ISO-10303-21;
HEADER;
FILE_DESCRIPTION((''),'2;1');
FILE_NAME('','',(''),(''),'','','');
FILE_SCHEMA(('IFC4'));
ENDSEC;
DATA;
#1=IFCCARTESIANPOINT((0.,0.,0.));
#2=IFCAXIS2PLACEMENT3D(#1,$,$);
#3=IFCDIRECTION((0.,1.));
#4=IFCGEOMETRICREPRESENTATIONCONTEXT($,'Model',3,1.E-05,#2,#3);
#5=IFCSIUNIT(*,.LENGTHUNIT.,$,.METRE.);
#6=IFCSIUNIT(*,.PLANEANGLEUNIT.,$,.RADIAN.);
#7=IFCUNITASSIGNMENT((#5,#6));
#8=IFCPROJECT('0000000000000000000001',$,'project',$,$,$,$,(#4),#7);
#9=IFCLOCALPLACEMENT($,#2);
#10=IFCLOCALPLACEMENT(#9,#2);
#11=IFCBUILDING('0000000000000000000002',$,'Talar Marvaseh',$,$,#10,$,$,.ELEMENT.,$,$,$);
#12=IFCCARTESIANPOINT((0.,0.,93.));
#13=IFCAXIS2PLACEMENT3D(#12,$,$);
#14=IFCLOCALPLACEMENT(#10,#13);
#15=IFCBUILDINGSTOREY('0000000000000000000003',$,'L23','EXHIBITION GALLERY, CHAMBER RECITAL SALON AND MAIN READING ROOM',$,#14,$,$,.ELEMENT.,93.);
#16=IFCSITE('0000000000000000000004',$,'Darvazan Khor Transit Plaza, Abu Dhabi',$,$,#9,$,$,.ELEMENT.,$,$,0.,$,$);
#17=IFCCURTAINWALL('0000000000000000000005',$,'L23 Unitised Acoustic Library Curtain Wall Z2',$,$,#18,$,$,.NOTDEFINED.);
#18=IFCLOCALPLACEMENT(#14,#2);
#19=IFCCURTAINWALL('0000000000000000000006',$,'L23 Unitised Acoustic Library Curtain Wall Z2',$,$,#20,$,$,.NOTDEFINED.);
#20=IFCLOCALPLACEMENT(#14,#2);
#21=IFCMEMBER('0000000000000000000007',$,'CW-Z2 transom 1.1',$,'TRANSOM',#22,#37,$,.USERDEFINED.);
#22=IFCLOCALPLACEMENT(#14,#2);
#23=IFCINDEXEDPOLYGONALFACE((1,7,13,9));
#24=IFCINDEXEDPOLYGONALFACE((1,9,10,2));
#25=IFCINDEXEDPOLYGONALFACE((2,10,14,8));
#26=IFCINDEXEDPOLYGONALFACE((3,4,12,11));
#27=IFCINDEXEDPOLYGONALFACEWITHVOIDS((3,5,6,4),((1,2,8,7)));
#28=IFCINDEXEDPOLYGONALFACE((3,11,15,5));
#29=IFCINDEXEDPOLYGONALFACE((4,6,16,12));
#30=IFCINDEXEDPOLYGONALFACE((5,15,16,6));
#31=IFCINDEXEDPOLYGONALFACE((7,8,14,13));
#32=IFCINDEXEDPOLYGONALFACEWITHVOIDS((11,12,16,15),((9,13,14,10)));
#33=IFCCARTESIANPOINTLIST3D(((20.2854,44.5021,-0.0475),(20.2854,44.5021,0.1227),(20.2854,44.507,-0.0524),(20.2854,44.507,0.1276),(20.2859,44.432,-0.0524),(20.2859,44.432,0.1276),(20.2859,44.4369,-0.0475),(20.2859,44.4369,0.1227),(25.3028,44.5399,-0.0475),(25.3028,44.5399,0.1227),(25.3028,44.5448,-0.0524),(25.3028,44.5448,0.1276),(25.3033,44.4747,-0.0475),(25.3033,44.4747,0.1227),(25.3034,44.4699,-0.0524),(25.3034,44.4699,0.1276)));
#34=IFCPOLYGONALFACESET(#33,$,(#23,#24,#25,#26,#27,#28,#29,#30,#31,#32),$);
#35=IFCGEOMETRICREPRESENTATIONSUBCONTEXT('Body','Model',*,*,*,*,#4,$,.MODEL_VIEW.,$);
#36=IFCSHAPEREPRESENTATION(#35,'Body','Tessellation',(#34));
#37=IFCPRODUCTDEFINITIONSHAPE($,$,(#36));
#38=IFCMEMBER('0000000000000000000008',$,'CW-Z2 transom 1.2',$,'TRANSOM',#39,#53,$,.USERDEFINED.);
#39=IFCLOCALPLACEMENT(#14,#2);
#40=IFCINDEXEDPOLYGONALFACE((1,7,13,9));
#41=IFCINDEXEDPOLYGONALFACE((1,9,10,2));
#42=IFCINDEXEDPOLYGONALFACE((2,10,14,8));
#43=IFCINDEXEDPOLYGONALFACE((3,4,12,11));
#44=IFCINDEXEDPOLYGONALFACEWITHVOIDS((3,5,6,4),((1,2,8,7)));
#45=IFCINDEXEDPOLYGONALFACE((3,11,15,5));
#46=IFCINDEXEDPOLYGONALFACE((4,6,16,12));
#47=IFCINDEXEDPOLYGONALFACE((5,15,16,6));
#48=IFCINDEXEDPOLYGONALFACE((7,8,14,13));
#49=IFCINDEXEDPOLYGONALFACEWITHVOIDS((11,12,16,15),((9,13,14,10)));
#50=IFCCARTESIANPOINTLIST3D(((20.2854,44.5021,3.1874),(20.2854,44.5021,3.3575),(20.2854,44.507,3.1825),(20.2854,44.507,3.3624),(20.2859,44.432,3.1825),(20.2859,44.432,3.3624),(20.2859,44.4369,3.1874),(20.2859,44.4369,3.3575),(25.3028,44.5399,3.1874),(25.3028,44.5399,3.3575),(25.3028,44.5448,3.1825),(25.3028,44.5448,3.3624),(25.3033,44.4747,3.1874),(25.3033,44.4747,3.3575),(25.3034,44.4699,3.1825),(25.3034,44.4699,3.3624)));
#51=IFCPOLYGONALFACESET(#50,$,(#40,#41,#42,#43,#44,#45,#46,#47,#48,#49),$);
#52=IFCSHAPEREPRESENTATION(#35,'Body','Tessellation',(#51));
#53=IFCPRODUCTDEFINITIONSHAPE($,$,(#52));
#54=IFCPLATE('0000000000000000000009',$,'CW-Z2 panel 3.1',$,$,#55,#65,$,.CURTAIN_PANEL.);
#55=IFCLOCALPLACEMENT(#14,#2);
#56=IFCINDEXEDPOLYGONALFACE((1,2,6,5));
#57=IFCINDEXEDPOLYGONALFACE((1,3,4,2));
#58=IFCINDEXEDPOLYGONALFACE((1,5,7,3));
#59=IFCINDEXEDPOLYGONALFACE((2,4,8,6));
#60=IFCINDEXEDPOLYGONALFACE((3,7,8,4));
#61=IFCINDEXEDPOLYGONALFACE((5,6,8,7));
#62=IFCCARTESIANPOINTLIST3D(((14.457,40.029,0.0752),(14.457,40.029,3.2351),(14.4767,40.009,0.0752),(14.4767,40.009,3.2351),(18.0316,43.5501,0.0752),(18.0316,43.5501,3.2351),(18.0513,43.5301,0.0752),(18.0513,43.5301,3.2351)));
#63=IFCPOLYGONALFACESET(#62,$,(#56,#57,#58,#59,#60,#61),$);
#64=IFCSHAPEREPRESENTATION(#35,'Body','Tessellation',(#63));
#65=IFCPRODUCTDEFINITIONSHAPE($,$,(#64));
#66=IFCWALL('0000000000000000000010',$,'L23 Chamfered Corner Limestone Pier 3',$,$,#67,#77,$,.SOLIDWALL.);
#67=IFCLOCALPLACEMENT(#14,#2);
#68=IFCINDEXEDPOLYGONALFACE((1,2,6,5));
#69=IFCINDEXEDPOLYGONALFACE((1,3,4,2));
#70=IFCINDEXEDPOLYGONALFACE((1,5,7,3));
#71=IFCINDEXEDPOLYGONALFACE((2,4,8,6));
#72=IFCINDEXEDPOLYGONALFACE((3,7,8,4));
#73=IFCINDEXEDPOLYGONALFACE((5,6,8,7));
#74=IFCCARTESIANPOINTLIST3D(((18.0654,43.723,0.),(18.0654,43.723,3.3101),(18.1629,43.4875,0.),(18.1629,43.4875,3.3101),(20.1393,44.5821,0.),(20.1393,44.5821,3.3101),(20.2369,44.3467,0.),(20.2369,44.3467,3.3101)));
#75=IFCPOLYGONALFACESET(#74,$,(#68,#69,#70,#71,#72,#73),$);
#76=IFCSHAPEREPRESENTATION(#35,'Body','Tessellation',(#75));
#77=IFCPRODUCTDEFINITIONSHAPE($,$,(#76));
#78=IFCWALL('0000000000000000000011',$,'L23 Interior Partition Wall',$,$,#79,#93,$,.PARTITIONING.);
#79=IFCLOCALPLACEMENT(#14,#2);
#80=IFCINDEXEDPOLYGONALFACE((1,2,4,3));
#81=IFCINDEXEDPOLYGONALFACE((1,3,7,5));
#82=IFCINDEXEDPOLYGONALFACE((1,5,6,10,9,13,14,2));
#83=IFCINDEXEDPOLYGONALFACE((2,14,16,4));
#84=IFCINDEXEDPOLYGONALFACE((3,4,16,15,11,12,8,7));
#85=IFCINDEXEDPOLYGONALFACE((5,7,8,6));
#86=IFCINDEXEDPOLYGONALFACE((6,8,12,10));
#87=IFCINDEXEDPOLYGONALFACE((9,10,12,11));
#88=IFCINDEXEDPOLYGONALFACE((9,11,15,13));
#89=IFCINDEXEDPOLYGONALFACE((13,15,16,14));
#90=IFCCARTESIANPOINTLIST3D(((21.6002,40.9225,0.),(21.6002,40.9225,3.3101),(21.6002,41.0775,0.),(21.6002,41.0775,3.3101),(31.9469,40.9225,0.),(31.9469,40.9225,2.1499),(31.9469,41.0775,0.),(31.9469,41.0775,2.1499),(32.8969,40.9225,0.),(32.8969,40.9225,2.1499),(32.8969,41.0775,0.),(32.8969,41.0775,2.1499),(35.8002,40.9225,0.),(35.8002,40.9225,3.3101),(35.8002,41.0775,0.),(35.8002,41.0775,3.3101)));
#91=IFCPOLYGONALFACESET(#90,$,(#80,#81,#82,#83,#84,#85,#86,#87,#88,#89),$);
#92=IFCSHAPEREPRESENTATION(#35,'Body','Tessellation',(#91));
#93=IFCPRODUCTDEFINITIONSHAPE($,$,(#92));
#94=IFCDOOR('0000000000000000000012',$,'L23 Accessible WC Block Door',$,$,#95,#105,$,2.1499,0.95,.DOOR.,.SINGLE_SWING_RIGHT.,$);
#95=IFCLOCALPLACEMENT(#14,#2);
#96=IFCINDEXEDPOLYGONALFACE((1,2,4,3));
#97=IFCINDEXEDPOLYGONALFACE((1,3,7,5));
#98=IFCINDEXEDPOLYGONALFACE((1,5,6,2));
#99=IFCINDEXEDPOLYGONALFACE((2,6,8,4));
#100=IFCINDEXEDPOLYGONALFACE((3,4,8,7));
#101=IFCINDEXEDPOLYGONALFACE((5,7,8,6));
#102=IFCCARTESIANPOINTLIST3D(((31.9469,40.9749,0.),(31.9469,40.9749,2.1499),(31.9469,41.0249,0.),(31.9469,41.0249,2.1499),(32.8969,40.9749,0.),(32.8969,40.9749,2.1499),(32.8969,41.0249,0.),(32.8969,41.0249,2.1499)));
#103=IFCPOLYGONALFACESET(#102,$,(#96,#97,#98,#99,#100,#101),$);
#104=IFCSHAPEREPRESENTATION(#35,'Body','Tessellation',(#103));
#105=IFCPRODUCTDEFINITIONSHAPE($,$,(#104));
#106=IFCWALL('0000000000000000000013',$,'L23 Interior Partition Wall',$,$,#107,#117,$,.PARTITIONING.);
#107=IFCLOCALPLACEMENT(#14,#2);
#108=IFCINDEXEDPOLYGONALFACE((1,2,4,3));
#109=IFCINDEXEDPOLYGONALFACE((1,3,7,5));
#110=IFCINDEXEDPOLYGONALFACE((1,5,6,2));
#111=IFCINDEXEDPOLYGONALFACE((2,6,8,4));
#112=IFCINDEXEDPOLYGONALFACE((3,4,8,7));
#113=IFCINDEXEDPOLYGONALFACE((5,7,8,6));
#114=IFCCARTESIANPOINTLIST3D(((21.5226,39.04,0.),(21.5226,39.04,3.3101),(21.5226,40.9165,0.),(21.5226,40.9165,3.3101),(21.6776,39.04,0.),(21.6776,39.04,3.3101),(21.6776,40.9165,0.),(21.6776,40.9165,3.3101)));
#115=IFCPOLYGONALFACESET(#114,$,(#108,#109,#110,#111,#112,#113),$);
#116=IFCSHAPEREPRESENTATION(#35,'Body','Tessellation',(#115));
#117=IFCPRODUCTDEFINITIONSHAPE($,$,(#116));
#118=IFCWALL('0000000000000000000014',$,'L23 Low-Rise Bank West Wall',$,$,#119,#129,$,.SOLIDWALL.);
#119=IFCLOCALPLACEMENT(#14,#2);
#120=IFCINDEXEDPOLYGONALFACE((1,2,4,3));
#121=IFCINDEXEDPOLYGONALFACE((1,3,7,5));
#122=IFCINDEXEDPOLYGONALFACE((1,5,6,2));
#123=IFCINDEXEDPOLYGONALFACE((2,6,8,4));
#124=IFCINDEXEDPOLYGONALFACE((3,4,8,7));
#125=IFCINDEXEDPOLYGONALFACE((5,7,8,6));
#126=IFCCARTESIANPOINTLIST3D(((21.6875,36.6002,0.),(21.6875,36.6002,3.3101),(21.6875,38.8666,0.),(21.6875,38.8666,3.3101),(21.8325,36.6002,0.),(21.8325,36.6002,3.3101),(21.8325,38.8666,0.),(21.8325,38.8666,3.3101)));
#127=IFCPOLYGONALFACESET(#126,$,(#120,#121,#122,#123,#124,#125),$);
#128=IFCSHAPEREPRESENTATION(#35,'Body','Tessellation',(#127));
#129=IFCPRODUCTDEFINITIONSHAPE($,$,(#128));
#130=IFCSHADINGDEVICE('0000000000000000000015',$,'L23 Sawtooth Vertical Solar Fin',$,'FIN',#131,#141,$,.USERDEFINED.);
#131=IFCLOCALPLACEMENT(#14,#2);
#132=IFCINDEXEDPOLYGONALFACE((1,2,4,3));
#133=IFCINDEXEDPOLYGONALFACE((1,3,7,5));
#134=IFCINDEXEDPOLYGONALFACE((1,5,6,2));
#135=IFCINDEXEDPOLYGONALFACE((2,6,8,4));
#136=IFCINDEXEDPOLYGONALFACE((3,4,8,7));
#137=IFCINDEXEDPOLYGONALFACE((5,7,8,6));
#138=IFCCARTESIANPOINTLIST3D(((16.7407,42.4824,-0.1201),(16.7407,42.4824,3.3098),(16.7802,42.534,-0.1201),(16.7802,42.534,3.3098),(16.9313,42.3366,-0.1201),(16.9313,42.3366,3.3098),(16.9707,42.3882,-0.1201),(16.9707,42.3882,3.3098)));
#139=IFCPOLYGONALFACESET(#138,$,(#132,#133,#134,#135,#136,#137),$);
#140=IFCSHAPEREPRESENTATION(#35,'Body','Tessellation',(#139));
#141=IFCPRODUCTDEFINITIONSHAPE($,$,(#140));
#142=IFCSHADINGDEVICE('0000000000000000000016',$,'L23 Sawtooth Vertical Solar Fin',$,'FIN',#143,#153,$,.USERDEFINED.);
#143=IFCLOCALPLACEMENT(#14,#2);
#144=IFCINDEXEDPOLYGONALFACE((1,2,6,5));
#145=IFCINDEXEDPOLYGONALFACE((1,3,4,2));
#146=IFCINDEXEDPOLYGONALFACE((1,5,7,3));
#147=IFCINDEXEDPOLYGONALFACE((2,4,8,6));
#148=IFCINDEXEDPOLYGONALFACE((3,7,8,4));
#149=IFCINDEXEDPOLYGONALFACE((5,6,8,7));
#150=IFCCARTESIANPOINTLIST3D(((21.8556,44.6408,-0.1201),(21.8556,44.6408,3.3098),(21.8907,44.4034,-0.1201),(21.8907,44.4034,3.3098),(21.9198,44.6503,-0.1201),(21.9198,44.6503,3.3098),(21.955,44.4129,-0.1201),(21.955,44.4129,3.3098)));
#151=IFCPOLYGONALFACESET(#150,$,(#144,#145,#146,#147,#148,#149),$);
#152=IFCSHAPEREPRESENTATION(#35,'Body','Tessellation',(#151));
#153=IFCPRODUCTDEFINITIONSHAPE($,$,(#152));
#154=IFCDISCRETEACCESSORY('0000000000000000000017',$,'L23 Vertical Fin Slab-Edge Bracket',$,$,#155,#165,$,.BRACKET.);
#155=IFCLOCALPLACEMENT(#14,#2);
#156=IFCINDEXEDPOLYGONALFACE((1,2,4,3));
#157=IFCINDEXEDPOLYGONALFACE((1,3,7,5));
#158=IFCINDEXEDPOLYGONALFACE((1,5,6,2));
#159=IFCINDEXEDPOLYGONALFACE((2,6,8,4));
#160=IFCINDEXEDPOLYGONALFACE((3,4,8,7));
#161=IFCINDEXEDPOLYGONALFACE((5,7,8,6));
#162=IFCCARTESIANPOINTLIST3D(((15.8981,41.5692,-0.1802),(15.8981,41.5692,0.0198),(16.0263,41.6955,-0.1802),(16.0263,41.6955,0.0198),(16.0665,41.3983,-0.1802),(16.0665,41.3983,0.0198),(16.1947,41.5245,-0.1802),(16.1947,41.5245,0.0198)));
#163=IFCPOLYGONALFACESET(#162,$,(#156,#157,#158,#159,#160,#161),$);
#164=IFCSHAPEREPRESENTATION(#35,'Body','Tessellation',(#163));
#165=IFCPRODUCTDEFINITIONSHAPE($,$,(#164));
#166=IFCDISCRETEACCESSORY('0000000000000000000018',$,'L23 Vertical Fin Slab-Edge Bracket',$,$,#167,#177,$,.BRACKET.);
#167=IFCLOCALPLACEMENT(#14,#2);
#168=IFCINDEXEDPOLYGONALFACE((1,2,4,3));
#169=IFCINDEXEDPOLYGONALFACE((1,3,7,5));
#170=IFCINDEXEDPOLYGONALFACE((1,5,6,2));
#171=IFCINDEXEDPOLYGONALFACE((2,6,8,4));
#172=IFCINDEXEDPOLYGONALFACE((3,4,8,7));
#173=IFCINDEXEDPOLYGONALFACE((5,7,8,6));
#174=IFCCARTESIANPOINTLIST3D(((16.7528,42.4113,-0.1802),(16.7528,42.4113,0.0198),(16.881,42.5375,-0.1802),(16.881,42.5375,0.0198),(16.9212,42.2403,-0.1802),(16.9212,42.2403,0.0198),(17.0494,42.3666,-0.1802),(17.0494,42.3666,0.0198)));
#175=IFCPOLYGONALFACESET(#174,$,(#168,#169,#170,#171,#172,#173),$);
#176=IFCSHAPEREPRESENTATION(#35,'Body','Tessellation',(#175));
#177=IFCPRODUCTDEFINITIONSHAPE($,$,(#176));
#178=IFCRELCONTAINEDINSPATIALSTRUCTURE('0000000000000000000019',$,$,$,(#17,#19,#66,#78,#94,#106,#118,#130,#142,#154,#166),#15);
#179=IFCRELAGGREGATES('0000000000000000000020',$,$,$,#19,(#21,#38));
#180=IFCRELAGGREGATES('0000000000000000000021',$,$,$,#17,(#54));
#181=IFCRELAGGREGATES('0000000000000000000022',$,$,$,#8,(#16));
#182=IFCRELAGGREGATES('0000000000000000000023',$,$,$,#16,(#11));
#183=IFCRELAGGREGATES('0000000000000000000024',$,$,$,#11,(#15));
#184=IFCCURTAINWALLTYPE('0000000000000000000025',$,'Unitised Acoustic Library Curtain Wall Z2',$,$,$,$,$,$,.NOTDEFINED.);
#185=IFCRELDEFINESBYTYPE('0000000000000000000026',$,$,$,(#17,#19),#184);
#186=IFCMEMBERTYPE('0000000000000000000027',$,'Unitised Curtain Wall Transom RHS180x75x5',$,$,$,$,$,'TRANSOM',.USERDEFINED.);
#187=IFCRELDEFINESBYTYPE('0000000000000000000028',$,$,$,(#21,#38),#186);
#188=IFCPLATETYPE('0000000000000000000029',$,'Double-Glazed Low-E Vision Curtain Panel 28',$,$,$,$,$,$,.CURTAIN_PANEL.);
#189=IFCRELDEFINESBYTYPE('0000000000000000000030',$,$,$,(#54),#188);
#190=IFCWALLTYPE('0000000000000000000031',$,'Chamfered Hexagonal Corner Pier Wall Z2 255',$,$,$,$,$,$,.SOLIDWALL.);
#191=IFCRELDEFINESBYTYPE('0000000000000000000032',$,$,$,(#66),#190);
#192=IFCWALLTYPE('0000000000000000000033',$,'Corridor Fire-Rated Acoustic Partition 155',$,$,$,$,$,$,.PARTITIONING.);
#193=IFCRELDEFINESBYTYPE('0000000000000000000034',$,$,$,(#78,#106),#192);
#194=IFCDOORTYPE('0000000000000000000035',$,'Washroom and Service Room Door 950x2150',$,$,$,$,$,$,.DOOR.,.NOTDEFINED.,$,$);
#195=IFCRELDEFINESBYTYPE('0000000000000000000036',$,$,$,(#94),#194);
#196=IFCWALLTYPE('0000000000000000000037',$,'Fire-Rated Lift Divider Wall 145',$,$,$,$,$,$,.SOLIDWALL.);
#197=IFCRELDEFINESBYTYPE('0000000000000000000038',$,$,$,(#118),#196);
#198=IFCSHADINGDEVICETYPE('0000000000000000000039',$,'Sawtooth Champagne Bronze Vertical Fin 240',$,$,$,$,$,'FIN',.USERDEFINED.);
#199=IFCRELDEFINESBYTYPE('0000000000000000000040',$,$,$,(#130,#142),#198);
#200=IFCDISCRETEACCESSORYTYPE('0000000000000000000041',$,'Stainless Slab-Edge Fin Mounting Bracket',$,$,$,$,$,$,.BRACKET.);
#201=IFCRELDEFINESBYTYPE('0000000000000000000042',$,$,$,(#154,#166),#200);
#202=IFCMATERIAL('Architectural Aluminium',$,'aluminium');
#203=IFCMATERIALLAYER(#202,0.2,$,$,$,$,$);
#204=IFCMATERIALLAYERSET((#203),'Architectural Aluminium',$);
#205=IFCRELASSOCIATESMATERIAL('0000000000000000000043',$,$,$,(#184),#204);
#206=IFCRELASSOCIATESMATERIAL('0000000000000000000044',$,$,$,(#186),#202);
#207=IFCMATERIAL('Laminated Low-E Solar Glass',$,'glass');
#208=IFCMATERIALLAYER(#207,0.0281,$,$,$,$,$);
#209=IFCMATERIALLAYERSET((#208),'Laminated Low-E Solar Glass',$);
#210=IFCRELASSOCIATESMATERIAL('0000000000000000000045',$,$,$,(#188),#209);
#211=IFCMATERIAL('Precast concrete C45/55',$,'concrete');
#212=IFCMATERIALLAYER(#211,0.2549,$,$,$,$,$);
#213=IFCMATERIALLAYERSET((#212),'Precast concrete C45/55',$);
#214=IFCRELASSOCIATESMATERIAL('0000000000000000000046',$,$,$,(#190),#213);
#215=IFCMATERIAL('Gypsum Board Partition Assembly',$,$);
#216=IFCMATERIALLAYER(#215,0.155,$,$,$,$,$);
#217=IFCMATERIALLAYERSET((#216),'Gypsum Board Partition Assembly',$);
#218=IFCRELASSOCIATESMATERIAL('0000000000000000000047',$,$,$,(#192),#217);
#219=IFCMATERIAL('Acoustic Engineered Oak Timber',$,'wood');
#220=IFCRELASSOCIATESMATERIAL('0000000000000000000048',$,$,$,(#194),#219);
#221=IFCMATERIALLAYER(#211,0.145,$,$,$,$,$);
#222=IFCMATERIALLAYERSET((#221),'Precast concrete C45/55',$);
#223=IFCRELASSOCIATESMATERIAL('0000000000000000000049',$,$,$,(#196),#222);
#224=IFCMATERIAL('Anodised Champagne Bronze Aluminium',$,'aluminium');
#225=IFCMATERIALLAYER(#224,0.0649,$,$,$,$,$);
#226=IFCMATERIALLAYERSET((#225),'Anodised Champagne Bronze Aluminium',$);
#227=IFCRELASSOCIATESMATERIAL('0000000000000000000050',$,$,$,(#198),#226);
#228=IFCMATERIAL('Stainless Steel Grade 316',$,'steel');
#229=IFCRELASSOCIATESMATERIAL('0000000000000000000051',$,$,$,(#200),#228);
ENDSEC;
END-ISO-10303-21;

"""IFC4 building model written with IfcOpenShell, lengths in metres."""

from ifc_helpers import new_model, si_unit, direction, frame, frame_2d, origin, origin_2d, place, context, subcontext, project, spatial, rectangle, hollow_rectangle, extrude, source, transform, mapped, material, layer, layer_set, material_profile, profile_set, type_object, type_shapes, element, fill, aggregate, save


model = new_model("IFC4")

# Units and contexts
model_context = context("Model", 3, precision=1e-05, world=origin(), true_north=direction((0.0, 1.0)))
body_context = subcontext(model_context, "Body", "Model", "MODEL_VIEW")
ifc_project = project(units=[si_unit("LENGTHUNIT", "METRE"), si_unit("PLANEANGLEUNIT", "RADIAN")], contexts=[model_context])

# Site, building, storey
site_placement = place(None, origin())
site = spatial("IfcSite", under=ifc_project, at=site_placement, Name="Darvazan Khor Transit Plaza, Abu Dhabi", CompositionType="ELEMENT", RefElevation=0.0)
building_placement = place(site_placement, origin())
building = spatial("IfcBuilding", under=site, at=building_placement, Name="Talar Marvaseh", CompositionType="ELEMENT")
storey_placement = place(building_placement, frame((0.0, 0.0, 93.0)))
storey = spatial("IfcBuildingStorey", under=building, at=storey_placement, Name="L23", Description="EXHIBITION GALLERY, CHAMBER RECITAL SALON AND MAIN READING ROOM", CompositionType="ELEMENT", Elevation=93.0)

# Curtain wall
ifc_material_1 = material(Name="Architectural Aluminium", Category="aluminium")
ifc_layer_1 = layer(ifc_material_1, 0.2)
ifc_layer_set_1 = layer_set([ifc_layer_1], Name="Architectural Aluminium")
curtain_wall_type = type_object("IfcCurtainWallType", Name="Unitised Acoustic Library Curtain Wall Z2", PredefinedType="NOTDEFINED", material=ifc_layer_set_1)
curtain_wall_1_placement = place(storey_placement, origin())
curtain_wall_1 = element("IfcCurtainWall", 1, at=curtain_wall_1_placement, inside=storey, type_object=curtain_wall_type, Name="L23 Unitised Acoustic Library Curtain Wall Z2", PredefinedType="NOTDEFINED")

# Curtain wall, members
curtain_wall_2_placement = place(storey_placement, origin())
curtain_wall_2 = element("IfcCurtainWall", 2, at=curtain_wall_2_placement, inside=storey, type_object=curtain_wall_type, Name="L23 Unitised Acoustic Library Curtain Wall Z2", PredefinedType="NOTDEFINED")
ifc_material_profile_1 = material_profile(ifc_material_1, hollow_rectangle(XDim=0.075, YDim=0.1799, WallThickness=0.0049, at=origin_2d()), Name="RHS180x75x5")
ifc_profile_set_1 = profile_set([ifc_material_profile_1], Name="Architectural Aluminium")
member_type_1 = type_object("IfcMemberType", Name="Unitised Curtain Wall Transom RHS180x75x5", ElementType="TRANSOM", PredefinedType="USERDEFINED", material=ifc_profile_set_1)
shared_shape_1 = source(origin(), body_context, "Body", "SweptSolid", [
    extrude(hollow_rectangle(XDim=0.075, YDim=0.1799, WallThickness=0.0049, at=origin_2d()), origin(), (0.0, 0.0, 1.0), 5.0176),
])
type_shapes(member_type_1, [shared_shape_1])
member_1_placement = place(storey_placement, frame((20.2856, 44.4695, 0.0376), z_axis=(0.999972, 0.007542, 0.0), x_axis=(-0.007542, 0.999972, 0.0)))
member_1 = element("IfcMember", 3, at=member_1_placement, type_object=member_type_1, Name="CW-Z2 transom 1.1", ObjectType="TRANSOM", PredefinedType="USERDEFINED", context=body_context, shape_type="MappedRepresentation", body=[
    mapped(shared_shape_1, transform((0.0, 0.0, 0.0), x_axis=(1.0, 0.0, 0.0), y_axis=(0.0, 1.0, 0.0), z_axis=(0.0, 0.0, 1.0), scale=1.0)),
])
member_2_placement = place(storey_placement, frame((20.2856, 44.4695, 3.2725), z_axis=(0.999972, 0.007542, 0.0), x_axis=(-0.007542, 0.999972, 0.0)))
member_2 = element("IfcMember", 4, at=member_2_placement, type_object=member_type_1, Name="CW-Z2 transom 1.2", ObjectType="TRANSOM", PredefinedType="USERDEFINED", context=body_context, shape_type="MappedRepresentation", body=[
    mapped(shared_shape_1, transform((0.0, 0.0, 0.0), x_axis=(1.0, 0.0, 0.0), y_axis=(0.0, 1.0, 0.0), z_axis=(0.0, 0.0, 1.0), scale=1.0)),
])
aggregate(curtain_wall_2, [member_1, member_2])

# Plate
ifc_material_2 = material(Name="Laminated Low-E Solar Glass", Category="glass")
ifc_layer_2 = layer(ifc_material_2, 0.0281)
ifc_layer_set_2 = layer_set([ifc_layer_2], Name="Laminated Low-E Solar Glass")
plate_type = type_object("IfcPlateType", Name="Double-Glazed Low-E Vision Curtain Panel 28", PredefinedType="CURTAIN_PANEL", material=ifc_layer_set_2)
shared_shape_2 = source(origin(), body_context, "Body", "SweptSolid", [
    extrude(rectangle(XDim=5.0176, YDim=0.0281, at=origin_2d()), origin(), (0.0, 0.0, 1.0), 3.1599),
])
type_shapes(plate_type, [shared_shape_2])
plate_placement = place(storey_placement, frame((16.2542, 41.7795, 0.0752), z_axis=(0.0, 0.0, 1.0), x_axis=(0.712418, 0.701755, 0.0)))
plate = element("IfcPlate", 5, at=plate_placement, type_object=plate_type, Name="CW-Z2 panel 3.1", PredefinedType="CURTAIN_PANEL", context=body_context, shape_type="MappedRepresentation", body=[
    mapped(shared_shape_2, transform((0.0, 0.0, 0.0), x_axis=(1.0, 0.0, 0.0), y_axis=(0.0, 1.0, 0.0), z_axis=(0.0, 0.0, 1.0), scale=1.0)),
])
aggregate(curtain_wall_1, [plate])

# Wall
ifc_material_3 = material(Name="Precast concrete C45/55", Category="concrete")
ifc_layer_3 = layer(ifc_material_3, 0.2549)
ifc_layer_set_3 = layer_set([ifc_layer_3], Name="Precast concrete C45/55")
wall_type_1 = type_object("IfcWallType", Name="Chamfered Hexagonal Corner Pier Wall Z2 255", PredefinedType="SOLIDWALL", material=ifc_layer_set_3)
wall_1_placement = place(storey_placement, frame((18.114, 43.6052, 0.0), z_axis=(0.0, 0.0, 1.0), x_axis=(0.92387, 0.382707, 0.0)))
element("IfcWall", 6, at=wall_1_placement, inside=storey, type_object=wall_type_1, Name="L23 Chamfered Corner Limestone Pier 3", PredefinedType="SOLIDWALL", context=body_context, shape_type="SweptSolid", body=[
    extrude(rectangle(XDim=2.2449, YDim=0.2549, at=frame_2d((1.1226, 0.0))), origin(), (0.0, 0.0, 1.0), 3.3101),
])

# Wall, opening, door
ifc_material_4 = material(Name="Gypsum Board Partition Assembly")
ifc_layer_4 = layer(ifc_material_4, 0.155)
ifc_layer_set_4 = layer_set([ifc_layer_4], Name="Gypsum Board Partition Assembly")
wall_type_2 = type_object("IfcWallType", Name="Corridor Fire-Rated Acoustic Partition 155", PredefinedType="PARTITIONING", material=ifc_layer_set_4)
wall_2_placement = place(storey_placement, frame((21.6001, 41.0, 0.0), z_axis=(0.0, 0.0, 1.0), x_axis=(1.0, 0.0, 0.0)))
wall_2 = element("IfcWall", 7, at=wall_2_placement, inside=storey, type_object=wall_type_2, Name="L23 Interior Partition Wall", PredefinedType="PARTITIONING", context=body_context, shape_type="SweptSolid", body=[
    extrude(rectangle(XDim=14.2, YDim=0.155, at=frame_2d((7.1001, 0.0))), origin(), (0.0, 0.0, 1.0), 3.3101),
])
opening_1_placement = place(wall_2_placement, frame((10.3467, 0.0, 0.0)))
opening_1 = element("IfcOpeningElement", 8, at=opening_1_placement, cuts=wall_2, PredefinedType="OPENING", context=body_context, shape_type="SweptSolid", body=[
    extrude(rectangle(XDim=0.95, YDim=2.1499, at=frame_2d((0.4751, 1.075))), frame((0.0, 0.0874, 0.0), z_axis=(0.0, -1.0, 0.0), x_axis=(1.0, 0.0, 0.0)), (0.0, 0.0, 1.0), 0.175),
])
ifc_material_5 = material(Name="Acoustic Engineered Oak Timber", Category="wood")
door_type_1 = type_object("IfcDoorType", Name="Washroom and Service Room Door 950x2150", OperationType="NOTDEFINED", PredefinedType="DOOR", material=ifc_material_5)
shared_shape_3 = source(origin(), body_context, "Body", "SweptSolid", [
    extrude(rectangle(XDim=0.95, YDim=2.1499, at=frame_2d((0.4751, 1.075))), frame((0.0, 0.0249, 0.0), z_axis=(0.0, -1.0, 0.0), x_axis=(1.0, 0.0, 0.0)), (0.0, 0.0, 1.0), 0.05),
])
type_shapes(door_type_1, [shared_shape_3])
door_1_placement = place(opening_1_placement, origin())
door_1 = element("IfcDoor", 9, at=door_1_placement, inside=storey, type_object=door_type_1, Name="L23 Accessible WC Block Door", OperationType="SINGLE_SWING_RIGHT", OverallHeight=2.1499, OverallWidth=0.95, PredefinedType="DOOR", context=body_context, shape_type="MappedRepresentation", body=[
    mapped(shared_shape_3, transform((0.0, 0.0, 0.0), x_axis=(1.0, 0.0, 0.0), y_axis=(0.0, 1.0, 0.0), z_axis=(0.0, 0.0, 1.0), scale=1.0)),
])
fill(opening_1, door_1)

# Walls
wall_3_placement = place(storey_placement, frame((21.6001, 39.04, 0.0), z_axis=(0.0, 0.0, 1.0), x_axis=(0.0, 1.0, 0.0)))
element("IfcWall", 10, at=wall_3_placement, inside=storey, type_object=wall_type_2, Name="L23 Interior Partition Wall", PredefinedType="PARTITIONING", context=body_context, shape_type="SweptSolid", body=[
    extrude(rectangle(XDim=1.8765, YDim=0.155, at=frame_2d((0.9382, 0.0))), origin(), (0.0, 0.0, 1.0), 3.3101),
])
ifc_layer_5 = layer(ifc_material_3, 0.145)
ifc_layer_set_5 = layer_set([ifc_layer_5], Name="Precast concrete C45/55")
wall_type_3 = type_object("IfcWallType", Name="Fire-Rated Lift Divider Wall 145", PredefinedType="SOLIDWALL", material=ifc_layer_set_5)
wall_4_placement = place(storey_placement, frame((21.76, 36.6001, 0.0), z_axis=(0.0, 0.0, 1.0), x_axis=(0.0, 1.0, 0.0)))
element("IfcWall", 11, at=wall_4_placement, inside=storey, type_object=wall_type_3, Name="L23 Low-Rise Bank West Wall", PredefinedType="SOLIDWALL", context=body_context, shape_type="SweptSolid", body=[
    extrude(rectangle(XDim=2.2664, YDim=0.145, at=frame_2d((1.1333, 0.0))), origin(), (0.0, 0.0, 1.0), 3.3101),
])

# Shared definitions
ifc_material_6 = material(Name="Stainless Steel Grade 316", Category="steel")

# Shading devices
ifc_material_7 = material(Name="Anodised Champagne Bronze Aluminium", Category="aluminium")
ifc_layer_6 = layer(ifc_material_7, 0.0649)
ifc_layer_set_6 = layer_set([ifc_layer_6], Name="Anodised Champagne Bronze Aluminium")
shading_device_type = type_object("IfcShadingDeviceType", Name="Sawtooth Champagne Bronze Vertical Fin 240", ElementType="FIN", PredefinedType="USERDEFINED", material=ifc_layer_set_6)
shared_shape_4 = source(origin(), body_context, "Body", "SweptSolid", [
    extrude(rectangle(XDim=0.24, YDim=0.0649, at=origin_2d()), origin(), (0.0, 0.0, 1.0), 3.4299),
])
type_shapes(shading_device_type, [shared_shape_4])
for number, where, z_axis, x_axis, name in (
    (12, (16.8557, 42.4353, -0.1201), (0.0, 0.0, 1.0), (-0.794096, 0.607792, 0.0), "L23 Sawtooth Vertical Solar Fin"),
    (13, (21.9053, 44.5269, -0.1201), (0.0, 0.0, 1.0), (-0.146601, 0.989196, 0.0), "L23 Sawtooth Vertical Solar Fin"),
):
    element("IfcShadingDevice", number, at=place(storey_placement, frame(where, z_axis=z_axis, x_axis=x_axis)), inside=storey, type_object=shading_device_type, Name=name, ObjectType="FIN", PredefinedType="USERDEFINED", context=body_context, shape_type="MappedRepresentation", body=[
        mapped(shared_shape_4, transform((0.0, 0.0, 0.0), x_axis=(1.0, 0.0, 0.0), y_axis=(0.0, 1.0, 0.0), z_axis=(0.0, 0.0, 1.0), scale=1.0)),
    ])

# Discrete accessories
discrete_accessory_type = type_object("IfcDiscreteAccessoryType", Name="Stainless Slab-Edge Fin Mounting Bracket", PredefinedType="BRACKET", material=ifc_material_6)
shared_shape_5 = source(origin(), body_context, "Body", "SweptSolid", [
    extrude(rectangle(XDim=0.24, YDim=0.1799, at=origin_2d()), origin(), (0.0, 0.0, 1.0), 0.2),
])
type_shapes(discrete_accessory_type, [shared_shape_5])
for number, where, z_axis, x_axis, name in (
    (14, (16.0464, 41.5469, -0.1802), (0.0, 0.0, 1.0), (-0.70178, 0.712394, 0.0), "L23 Vertical Fin Slab-Edge Bracket"),
    (15, (16.9011, 42.3889, -0.1802), (0.0, 0.0, 1.0), (-0.70178, 0.712394, 0.0), "L23 Vertical Fin Slab-Edge Bracket"),
):
    element("IfcDiscreteAccessory", number, at=place(storey_placement, frame(where, z_axis=z_axis, x_axis=x_axis)), inside=storey, type_object=discrete_accessory_type, Name=name, PredefinedType="BRACKET", context=body_context, shape_type="MappedRepresentation", body=[
        mapped(shared_shape_5, transform((0.0, 0.0, 0.0), x_axis=(1.0, 0.0, 0.0), y_axis=(0.0, 1.0, 0.0), z_axis=(0.0, 0.0, 1.0), scale=1.0)),
    ])

save(model, "model.ifc")
